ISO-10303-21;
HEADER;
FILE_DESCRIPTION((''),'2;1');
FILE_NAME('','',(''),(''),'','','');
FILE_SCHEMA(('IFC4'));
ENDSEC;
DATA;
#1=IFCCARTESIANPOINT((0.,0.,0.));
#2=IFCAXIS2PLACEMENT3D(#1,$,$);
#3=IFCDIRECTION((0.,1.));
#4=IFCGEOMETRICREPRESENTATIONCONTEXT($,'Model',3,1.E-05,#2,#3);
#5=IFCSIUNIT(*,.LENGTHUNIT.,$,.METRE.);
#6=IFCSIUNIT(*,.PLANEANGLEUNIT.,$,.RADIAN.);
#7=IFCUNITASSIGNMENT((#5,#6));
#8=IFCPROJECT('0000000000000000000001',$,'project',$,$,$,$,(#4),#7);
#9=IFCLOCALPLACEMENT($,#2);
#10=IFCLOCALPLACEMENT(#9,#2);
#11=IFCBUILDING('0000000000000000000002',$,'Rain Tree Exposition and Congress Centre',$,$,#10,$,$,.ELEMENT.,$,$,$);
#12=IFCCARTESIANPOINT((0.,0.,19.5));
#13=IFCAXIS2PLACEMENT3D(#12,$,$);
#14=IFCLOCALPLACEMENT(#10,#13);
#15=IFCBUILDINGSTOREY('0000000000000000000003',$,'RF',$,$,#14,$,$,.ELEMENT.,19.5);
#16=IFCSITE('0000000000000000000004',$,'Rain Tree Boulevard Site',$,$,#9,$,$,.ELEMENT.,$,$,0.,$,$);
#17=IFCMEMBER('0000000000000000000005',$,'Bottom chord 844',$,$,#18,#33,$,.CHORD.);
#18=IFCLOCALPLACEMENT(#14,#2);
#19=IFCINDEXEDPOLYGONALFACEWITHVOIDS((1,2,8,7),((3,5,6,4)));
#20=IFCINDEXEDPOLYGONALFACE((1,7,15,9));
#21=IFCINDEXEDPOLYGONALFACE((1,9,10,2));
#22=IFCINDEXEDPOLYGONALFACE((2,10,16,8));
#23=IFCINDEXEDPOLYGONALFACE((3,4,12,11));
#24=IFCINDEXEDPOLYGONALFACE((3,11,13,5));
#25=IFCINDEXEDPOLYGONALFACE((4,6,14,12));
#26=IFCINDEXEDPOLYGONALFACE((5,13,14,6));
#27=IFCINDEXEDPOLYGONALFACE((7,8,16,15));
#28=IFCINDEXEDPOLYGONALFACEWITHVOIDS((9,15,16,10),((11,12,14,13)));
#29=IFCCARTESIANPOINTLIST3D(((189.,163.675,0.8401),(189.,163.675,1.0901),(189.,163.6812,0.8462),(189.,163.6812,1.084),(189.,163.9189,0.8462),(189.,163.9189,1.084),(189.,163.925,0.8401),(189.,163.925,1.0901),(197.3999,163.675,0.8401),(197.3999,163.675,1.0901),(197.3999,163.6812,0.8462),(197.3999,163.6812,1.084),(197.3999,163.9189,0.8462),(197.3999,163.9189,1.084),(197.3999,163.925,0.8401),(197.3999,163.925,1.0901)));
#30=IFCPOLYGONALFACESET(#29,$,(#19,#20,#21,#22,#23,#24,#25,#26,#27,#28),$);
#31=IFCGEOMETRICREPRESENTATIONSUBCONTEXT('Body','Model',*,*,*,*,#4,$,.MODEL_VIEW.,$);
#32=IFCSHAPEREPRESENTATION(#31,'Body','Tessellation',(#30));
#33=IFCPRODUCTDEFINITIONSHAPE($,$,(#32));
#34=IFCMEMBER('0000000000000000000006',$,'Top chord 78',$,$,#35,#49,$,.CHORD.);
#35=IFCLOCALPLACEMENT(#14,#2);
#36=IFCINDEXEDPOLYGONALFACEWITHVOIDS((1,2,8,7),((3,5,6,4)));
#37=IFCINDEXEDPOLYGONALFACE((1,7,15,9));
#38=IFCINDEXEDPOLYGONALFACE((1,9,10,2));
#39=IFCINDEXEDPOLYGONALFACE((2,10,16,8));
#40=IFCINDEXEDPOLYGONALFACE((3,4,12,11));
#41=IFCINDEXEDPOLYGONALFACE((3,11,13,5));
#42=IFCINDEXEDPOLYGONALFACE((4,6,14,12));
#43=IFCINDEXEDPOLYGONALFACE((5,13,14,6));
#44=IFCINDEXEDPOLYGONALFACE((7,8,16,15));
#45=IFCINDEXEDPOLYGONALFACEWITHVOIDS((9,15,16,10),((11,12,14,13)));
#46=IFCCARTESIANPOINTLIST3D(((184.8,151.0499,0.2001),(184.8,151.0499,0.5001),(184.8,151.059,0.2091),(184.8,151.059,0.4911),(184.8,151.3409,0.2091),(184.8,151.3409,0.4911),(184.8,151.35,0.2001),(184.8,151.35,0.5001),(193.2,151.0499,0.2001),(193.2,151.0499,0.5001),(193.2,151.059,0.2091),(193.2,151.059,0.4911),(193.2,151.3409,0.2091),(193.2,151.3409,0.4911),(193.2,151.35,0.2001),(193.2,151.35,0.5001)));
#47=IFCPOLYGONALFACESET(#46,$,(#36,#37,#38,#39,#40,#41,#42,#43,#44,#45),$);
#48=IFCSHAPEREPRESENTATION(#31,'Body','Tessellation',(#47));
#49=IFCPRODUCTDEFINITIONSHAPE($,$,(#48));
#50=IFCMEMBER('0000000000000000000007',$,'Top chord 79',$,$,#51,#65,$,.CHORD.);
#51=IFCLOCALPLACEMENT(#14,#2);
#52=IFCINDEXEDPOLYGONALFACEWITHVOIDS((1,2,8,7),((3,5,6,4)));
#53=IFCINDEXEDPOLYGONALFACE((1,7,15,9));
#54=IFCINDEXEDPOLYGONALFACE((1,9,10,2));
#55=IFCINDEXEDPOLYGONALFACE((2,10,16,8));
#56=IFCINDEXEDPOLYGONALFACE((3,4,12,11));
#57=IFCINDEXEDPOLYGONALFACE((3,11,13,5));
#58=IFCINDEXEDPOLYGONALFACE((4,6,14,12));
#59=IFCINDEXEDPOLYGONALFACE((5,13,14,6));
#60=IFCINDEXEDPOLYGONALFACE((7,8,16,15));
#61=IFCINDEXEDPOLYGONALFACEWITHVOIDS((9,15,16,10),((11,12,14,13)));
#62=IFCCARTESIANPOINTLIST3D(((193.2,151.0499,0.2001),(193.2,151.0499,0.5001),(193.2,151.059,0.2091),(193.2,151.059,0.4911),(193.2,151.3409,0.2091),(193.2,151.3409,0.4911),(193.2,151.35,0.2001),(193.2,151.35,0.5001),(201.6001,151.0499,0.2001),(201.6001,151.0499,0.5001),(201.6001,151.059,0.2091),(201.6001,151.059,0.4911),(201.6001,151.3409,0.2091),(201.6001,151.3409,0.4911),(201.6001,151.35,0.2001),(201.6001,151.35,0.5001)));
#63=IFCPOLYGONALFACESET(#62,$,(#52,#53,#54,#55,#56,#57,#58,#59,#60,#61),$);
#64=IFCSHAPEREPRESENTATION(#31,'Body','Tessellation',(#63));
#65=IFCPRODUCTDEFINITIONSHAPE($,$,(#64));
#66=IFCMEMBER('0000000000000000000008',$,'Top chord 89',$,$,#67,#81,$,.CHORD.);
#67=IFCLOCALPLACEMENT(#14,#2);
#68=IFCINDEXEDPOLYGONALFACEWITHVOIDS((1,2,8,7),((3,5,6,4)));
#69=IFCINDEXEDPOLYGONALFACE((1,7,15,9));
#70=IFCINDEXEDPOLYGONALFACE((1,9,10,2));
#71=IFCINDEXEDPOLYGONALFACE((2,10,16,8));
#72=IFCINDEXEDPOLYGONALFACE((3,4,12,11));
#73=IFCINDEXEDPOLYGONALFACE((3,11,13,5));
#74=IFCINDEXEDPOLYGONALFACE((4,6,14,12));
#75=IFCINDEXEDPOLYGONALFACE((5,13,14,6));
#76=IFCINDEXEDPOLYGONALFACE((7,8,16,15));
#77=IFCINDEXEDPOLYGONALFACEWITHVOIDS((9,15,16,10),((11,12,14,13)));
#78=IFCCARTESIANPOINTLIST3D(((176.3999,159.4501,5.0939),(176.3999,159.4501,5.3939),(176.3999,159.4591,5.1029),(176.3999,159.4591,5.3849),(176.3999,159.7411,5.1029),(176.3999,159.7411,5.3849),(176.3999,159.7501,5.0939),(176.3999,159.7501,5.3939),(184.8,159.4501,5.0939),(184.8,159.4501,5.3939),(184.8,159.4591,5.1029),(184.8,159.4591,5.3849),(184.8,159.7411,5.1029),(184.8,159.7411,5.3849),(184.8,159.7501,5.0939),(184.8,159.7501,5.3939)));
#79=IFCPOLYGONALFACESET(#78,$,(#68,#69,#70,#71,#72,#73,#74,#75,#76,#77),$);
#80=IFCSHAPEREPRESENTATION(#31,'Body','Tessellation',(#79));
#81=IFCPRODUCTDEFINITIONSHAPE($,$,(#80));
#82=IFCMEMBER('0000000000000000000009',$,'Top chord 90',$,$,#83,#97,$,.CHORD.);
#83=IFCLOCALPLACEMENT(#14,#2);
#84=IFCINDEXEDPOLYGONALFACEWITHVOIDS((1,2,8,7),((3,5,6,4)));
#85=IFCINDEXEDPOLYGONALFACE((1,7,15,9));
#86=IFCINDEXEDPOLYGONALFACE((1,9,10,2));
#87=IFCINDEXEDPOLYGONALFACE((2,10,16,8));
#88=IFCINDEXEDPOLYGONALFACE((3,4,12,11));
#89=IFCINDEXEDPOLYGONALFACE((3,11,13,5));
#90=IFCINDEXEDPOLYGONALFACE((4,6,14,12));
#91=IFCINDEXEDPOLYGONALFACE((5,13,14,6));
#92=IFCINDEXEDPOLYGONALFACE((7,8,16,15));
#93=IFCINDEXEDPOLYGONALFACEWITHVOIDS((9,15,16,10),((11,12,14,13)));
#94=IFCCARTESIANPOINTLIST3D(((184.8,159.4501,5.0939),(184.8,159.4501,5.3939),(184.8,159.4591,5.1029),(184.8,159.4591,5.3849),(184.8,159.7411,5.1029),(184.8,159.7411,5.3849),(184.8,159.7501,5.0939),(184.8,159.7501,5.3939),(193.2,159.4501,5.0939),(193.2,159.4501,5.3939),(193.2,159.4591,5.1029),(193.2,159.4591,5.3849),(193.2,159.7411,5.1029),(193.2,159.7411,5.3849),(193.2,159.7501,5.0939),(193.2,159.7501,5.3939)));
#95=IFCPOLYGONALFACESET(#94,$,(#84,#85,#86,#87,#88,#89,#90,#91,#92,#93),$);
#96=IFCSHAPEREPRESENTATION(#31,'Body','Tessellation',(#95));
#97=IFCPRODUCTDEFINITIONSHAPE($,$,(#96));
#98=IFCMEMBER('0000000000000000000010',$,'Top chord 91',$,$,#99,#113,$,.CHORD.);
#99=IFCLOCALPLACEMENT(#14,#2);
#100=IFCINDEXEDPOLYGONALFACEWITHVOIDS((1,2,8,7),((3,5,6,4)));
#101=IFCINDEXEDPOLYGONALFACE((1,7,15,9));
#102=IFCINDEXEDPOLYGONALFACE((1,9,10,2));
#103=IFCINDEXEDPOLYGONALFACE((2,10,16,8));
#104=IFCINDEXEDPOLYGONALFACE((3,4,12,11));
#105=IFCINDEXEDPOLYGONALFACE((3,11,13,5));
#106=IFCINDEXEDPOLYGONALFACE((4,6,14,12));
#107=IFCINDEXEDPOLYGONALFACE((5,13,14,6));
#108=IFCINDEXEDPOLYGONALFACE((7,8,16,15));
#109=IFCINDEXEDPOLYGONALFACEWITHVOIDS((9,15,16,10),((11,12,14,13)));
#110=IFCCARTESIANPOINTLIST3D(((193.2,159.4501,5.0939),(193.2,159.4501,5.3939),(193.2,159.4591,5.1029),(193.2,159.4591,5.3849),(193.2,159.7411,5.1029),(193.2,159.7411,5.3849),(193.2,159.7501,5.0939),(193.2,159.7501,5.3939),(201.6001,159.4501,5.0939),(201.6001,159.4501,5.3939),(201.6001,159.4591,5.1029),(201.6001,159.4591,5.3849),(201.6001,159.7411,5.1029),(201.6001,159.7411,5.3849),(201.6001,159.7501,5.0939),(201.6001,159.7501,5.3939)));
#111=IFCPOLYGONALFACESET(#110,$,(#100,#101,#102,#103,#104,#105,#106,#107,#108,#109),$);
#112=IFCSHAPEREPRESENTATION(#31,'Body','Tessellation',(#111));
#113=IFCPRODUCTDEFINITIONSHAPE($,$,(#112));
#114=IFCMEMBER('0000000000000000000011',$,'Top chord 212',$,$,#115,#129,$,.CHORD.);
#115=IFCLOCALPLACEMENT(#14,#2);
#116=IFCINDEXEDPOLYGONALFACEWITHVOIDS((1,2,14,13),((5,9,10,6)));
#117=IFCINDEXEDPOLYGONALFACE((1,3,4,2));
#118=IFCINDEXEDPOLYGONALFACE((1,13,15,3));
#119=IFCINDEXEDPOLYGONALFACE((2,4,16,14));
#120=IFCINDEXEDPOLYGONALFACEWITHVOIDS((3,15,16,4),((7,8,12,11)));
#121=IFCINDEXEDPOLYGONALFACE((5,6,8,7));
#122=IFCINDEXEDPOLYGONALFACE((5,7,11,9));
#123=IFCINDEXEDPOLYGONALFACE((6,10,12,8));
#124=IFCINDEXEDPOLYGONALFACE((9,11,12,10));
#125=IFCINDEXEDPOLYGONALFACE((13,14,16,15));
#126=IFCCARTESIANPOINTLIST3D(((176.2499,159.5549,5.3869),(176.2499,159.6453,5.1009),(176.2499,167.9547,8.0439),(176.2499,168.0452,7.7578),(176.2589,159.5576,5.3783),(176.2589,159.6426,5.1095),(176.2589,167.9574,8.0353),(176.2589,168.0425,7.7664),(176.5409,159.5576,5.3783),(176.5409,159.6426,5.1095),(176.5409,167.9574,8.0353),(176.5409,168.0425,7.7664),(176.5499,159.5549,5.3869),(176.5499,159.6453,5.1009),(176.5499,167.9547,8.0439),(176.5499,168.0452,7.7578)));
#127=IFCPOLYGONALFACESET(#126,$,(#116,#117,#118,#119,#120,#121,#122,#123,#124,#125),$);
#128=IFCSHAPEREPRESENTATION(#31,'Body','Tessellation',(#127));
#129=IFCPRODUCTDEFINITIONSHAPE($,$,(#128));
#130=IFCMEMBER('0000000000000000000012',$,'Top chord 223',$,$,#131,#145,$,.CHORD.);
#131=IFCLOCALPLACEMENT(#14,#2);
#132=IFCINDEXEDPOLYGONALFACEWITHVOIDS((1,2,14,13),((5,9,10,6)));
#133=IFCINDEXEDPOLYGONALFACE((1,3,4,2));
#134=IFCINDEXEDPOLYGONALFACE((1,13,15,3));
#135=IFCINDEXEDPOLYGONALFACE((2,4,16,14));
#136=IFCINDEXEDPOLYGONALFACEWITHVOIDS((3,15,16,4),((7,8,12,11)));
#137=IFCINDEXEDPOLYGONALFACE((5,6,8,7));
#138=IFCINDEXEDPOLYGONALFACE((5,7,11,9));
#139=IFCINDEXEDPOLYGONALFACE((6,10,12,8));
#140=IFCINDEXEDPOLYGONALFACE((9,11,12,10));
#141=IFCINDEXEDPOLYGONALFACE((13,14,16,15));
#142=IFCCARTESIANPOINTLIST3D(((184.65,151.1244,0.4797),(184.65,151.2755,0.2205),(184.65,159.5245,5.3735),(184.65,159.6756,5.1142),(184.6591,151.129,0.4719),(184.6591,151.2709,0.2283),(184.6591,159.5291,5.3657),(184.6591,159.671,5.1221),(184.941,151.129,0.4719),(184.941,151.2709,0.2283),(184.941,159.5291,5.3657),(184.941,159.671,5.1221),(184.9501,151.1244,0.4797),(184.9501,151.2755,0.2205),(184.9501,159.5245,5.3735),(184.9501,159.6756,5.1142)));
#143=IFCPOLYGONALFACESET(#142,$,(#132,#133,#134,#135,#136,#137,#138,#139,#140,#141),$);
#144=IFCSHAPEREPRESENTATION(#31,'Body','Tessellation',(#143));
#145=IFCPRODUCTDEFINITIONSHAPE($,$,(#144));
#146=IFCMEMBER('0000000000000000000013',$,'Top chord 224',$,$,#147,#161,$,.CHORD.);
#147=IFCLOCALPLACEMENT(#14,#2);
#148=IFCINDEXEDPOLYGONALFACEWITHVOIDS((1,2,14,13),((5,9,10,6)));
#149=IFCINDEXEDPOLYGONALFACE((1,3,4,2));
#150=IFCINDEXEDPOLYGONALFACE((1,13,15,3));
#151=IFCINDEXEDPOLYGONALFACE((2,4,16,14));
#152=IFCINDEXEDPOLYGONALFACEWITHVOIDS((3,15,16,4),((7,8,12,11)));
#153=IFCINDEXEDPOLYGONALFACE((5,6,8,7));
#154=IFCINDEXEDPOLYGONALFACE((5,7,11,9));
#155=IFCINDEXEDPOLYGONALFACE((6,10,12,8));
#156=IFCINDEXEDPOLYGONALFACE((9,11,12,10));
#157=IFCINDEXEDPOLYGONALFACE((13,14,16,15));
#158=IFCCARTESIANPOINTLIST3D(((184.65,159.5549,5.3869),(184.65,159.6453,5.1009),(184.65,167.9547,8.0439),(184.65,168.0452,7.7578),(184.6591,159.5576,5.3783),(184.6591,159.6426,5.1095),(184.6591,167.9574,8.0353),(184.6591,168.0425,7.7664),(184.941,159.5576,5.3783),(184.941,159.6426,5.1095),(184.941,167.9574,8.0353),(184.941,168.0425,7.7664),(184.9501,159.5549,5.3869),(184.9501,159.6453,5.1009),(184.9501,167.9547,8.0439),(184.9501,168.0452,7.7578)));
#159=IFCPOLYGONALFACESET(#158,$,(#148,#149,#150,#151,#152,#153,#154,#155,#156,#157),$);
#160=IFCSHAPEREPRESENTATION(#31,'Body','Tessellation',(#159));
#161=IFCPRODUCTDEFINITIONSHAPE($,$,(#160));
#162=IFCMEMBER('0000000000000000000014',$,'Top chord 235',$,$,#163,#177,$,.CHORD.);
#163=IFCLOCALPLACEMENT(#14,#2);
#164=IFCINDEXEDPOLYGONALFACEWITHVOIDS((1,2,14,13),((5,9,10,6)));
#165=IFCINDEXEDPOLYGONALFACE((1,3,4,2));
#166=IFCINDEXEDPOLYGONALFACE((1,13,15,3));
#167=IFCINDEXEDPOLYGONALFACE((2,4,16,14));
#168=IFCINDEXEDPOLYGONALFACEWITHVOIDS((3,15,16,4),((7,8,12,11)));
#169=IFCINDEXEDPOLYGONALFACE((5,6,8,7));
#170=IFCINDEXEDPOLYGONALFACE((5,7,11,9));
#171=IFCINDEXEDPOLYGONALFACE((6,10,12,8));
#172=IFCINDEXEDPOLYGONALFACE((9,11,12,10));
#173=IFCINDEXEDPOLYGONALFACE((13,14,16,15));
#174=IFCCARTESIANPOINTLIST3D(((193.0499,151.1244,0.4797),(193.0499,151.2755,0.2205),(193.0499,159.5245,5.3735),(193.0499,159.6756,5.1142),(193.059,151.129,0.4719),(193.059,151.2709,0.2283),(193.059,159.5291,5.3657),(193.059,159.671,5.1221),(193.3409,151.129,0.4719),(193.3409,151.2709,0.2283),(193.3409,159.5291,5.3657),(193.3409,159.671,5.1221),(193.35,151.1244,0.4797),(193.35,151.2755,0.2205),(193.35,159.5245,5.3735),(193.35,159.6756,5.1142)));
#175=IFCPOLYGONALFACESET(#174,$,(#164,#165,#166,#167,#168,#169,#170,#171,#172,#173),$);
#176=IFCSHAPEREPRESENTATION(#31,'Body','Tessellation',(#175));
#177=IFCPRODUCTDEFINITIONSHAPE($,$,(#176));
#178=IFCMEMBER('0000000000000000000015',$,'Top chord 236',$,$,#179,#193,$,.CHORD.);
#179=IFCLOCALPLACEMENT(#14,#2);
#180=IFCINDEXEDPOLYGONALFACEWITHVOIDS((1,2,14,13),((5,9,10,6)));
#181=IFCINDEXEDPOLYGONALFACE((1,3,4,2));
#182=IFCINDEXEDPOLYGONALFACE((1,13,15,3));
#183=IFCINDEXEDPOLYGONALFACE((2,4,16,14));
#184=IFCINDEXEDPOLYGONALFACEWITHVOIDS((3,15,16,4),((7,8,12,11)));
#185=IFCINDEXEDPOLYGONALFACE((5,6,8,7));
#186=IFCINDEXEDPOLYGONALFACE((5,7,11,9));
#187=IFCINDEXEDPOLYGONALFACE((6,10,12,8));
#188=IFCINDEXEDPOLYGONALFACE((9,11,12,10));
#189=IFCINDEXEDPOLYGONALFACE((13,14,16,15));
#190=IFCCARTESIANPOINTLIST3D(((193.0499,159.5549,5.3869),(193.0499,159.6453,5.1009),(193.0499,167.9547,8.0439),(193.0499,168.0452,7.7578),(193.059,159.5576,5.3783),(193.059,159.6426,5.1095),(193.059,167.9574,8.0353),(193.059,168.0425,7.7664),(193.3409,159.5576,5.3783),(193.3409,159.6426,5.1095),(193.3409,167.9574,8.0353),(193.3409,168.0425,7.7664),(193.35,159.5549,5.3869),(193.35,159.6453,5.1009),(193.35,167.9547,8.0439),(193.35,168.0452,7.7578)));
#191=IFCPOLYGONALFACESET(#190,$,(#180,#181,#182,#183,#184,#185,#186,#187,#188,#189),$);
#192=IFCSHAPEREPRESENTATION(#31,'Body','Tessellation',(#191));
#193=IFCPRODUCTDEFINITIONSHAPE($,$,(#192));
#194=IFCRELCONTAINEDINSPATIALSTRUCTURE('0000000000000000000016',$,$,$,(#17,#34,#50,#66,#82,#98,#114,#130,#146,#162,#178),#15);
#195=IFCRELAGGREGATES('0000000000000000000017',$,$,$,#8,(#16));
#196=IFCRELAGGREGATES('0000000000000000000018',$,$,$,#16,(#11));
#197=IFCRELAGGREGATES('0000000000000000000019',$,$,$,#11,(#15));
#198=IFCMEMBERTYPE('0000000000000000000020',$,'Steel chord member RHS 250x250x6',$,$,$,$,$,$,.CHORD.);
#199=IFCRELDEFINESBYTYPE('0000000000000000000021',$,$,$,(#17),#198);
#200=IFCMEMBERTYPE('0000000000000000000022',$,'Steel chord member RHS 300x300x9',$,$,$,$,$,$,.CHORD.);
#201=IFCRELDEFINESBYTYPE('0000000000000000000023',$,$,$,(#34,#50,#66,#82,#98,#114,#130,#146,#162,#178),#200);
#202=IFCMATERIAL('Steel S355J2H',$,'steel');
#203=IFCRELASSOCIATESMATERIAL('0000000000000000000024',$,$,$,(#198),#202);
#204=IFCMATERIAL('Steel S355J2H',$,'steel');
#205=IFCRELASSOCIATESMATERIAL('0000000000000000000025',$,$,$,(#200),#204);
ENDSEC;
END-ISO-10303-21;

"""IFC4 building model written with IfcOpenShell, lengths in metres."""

from ifc_helpers import new_model, si_unit, direction, frame, origin, origin_2d, place, context, subcontext, project, spatial, hollow_rectangle, extrude, material, material_profile, profile_set, type_object, element, save


model = new_model("IFC4")

# Units and contexts
model_context = context("Model", 3, precision=1e-05, world=origin(), true_north=direction((0.0, 1.0)))
body_context = subcontext(model_context, "Body", "Model", "MODEL_VIEW")
ifc_project = project(units=[si_unit("LENGTHUNIT", "METRE"), si_unit("PLANEANGLEUNIT", "RADIAN")], contexts=[model_context])

# Site, building, storey
site_placement = place(None, origin())
site = spatial("IfcSite", under=ifc_project, at=site_placement, Name="Rain Tree Boulevard Site", CompositionType="ELEMENT", RefElevation=0.0)
building_placement = place(site_placement, origin())
building = spatial("IfcBuilding", under=site, at=building_placement, Name="Rain Tree Exposition and Congress Centre", CompositionType="ELEMENT")
storey_placement = place(building_placement, frame((0.0, 0.0, 19.5)))
storey = spatial("IfcBuildingStorey", under=building, at=storey_placement, Name="RF", CompositionType="ELEMENT", Elevation=19.5)

# Members
ifc_material_1 = material(Name="Steel S355J2H", Category="steel")
ifc_material_profile_1 = material_profile(ifc_material_1, hollow_rectangle(XDim=0.25, YDim=0.25, WallThickness=0.0061, at=origin_2d()), Name="RHS 250x250x6")
ifc_profile_set_1 = profile_set([ifc_material_profile_1], Name="Steel S355J2H")
member_type_1 = type_object("IfcMemberType", Name="Steel chord member RHS 250x250x6", PredefinedType="CHORD", material=ifc_profile_set_1)
for number, where, z_axis, x_axis, name in (
    (1, (189.0, 163.8, 0.9651), (1.0, 0.0, 0.0), (0.0, 1.0, 0.0), "Bottom chord 844"),
):
    element("IfcMember", number, at=place(storey_placement, frame(where, z_axis=z_axis, x_axis=x_axis)), inside=storey, type_object=member_type_1, Name=name, PredefinedType="CHORD", context=body_context, shape_type="SweptSolid", body=[
        extrude(hollow_rectangle(XDim=0.25, YDim=0.25, WallThickness=0.0061, at=origin_2d()), origin(), (0.0, 0.0, 1.0), 8.3999),
    ])
ifc_material_2 = material(Name="Steel S355J2H", Category="steel")
ifc_material_profile_2 = material_profile(ifc_material_2, hollow_rectangle(XDim=0.3, YDim=0.3, WallThickness=0.009, at=origin_2d()), Name="RHS 300x300x9")
ifc_profile_set_2 = profile_set([ifc_material_profile_2], Name="Steel S355J2H")
member_type_2 = type_object("IfcMemberType", Name="Steel chord member RHS 300x300x9", PredefinedType="CHORD", material=ifc_profile_set_2)
member_1_placement = place(storey_placement, frame((184.8, 151.2, 0.3501), z_axis=(1.0, 0.0, 0.0), x_axis=(0.0, 1.0, 0.0)))
element("IfcMember", 2, at=member_1_placement, inside=storey, type_object=member_type_2, Name="Top chord 78", PredefinedType="CHORD", context=body_context, shape_type="SweptSolid", body=[
    extrude(hollow_rectangle(XDim=0.3, YDim=0.3, WallThickness=0.009, at=origin_2d()), origin(), (0.0, 0.0, 1.0), 8.3999),
])
for number, where, z_axis, x_axis, name in (
    (3, (193.2, 151.2, 0.3501), (1.0, 0.0, 0.0), (0.0, 1.0, 0.0), "Top chord 79"),
    (4, (176.3999, 159.6001, 5.2439), (1.0, 0.0, 0.0), (0.0, 1.0, 0.0), "Top chord 89"),
):
    element("IfcMember", number, at=place(storey_placement, frame(where, z_axis=z_axis, x_axis=x_axis)), inside=storey, type_object=member_type_2, Name=name, PredefinedType="CHORD", context=body_context, shape_type="SweptSolid", body=[
        extrude(hollow_rectangle(XDim=0.3, YDim=0.3, WallThickness=0.009, at=origin_2d()), origin(), (0.0, 0.0, 1.0), 8.4001),
    ])
member_2_placement = place(storey_placement, frame((184.8, 159.6001, 5.2439), z_axis=(1.0, 0.0, 0.0), x_axis=(0.0, 1.0, 0.0)))
element("IfcMember", 5, at=member_2_placement, inside=storey, type_object=member_type_2, Name="Top chord 90", PredefinedType="CHORD", context=body_context, shape_type="SweptSolid", body=[
    extrude(hollow_rectangle(XDim=0.3, YDim=0.3, WallThickness=0.009, at=origin_2d()), origin(), (0.0, 0.0, 1.0), 8.3999),
])
member_3_placement = place(storey_placement, frame((193.2, 159.6001, 5.2439), z_axis=(1.0, 0.0, 0.0), x_axis=(0.0, 1.0, 0.0)))
element("IfcMember", 6, at=member_3_placement, inside=storey, type_object=member_type_2, Name="Top chord 91", PredefinedType="CHORD", context=body_context, shape_type="SweptSolid", body=[
    extrude(hollow_rectangle(XDim=0.3, YDim=0.3, WallThickness=0.009, at=origin_2d()), origin(), (0.0, 0.0, 1.0), 8.4001),
])
member_4_placement = place(storey_placement, frame((176.3999, 159.6001, 5.2439), z_axis=(0.0, 0.95344, 0.301584), x_axis=(-1.0, 0.0, 0.0)))
element("IfcMember", 7, at=member_4_placement, inside=storey, type_object=member_type_2, Name="Top chord 212", PredefinedType="CHORD", context=body_context, shape_type="SweptSolid", body=[
    extrude(hollow_rectangle(XDim=0.3, YDim=0.3, WallThickness=0.009, at=origin_2d()), origin(), (0.0, 0.0, 1.0), 8.8101),
])
member_5_placement = place(storey_placement, frame((184.8, 151.2, 0.3501), z_axis=(0.0, 0.86406, 0.503388), x_axis=(-1.0, 0.0, 0.0)))
element("IfcMember", 8, at=member_5_placement, inside=storey, type_object=member_type_2, Name="Top chord 223", PredefinedType="CHORD", context=body_context, shape_type="SweptSolid", body=[
    extrude(hollow_rectangle(XDim=0.3, YDim=0.3, WallThickness=0.009, at=origin_2d()), origin(), (0.0, 0.0, 1.0), 9.7217),
])
member_6_placement = place(storey_placement, frame((184.8, 159.6001, 5.2439), z_axis=(0.0, 0.95344, 0.301584), x_axis=(-1.0, 0.0, 0.0)))
element("IfcMember", 9, at=member_6_placement, inside=storey, type_object=member_type_2, Name="Top chord 224", PredefinedType="CHORD", context=body_context, shape_type="SweptSolid", body=[
    extrude(hollow_rectangle(XDim=0.3, YDim=0.3, WallThickness=0.009, at=origin_2d()), origin(), (0.0, 0.0, 1.0), 8.8101),
])
member_7_placement = place(storey_placement, frame((193.2, 151.2, 0.3501), z_axis=(0.0, 0.86406, 0.503388), x_axis=(-1.0, 0.0, 0.0)))
element("IfcMember", 10, at=member_7_placement, inside=storey, type_object=member_type_2, Name="Top chord 235", PredefinedType="CHORD", context=body_context, shape_type="SweptSolid", body=[
    extrude(hollow_rectangle(XDim=0.3, YDim=0.3, WallThickness=0.009, at=origin_2d()), origin(), (0.0, 0.0, 1.0), 9.7217),
])
member_8_placement = place(storey_placement, frame((193.2, 159.6001, 5.2439), z_axis=(0.0, 0.95344, 0.301584), x_axis=(-1.0, 0.0, 0.0)))
element("IfcMember", 11, at=member_8_placement, inside=storey, type_object=member_type_2, Name="Top chord 236", PredefinedType="CHORD", context=body_context, shape_type="SweptSolid", body=[
    extrude(hollow_rectangle(XDim=0.3, YDim=0.3, WallThickness=0.009, at=origin_2d()), origin(), (0.0, 0.0, 1.0), 8.8101),
])

save(model, "model.ifc")
